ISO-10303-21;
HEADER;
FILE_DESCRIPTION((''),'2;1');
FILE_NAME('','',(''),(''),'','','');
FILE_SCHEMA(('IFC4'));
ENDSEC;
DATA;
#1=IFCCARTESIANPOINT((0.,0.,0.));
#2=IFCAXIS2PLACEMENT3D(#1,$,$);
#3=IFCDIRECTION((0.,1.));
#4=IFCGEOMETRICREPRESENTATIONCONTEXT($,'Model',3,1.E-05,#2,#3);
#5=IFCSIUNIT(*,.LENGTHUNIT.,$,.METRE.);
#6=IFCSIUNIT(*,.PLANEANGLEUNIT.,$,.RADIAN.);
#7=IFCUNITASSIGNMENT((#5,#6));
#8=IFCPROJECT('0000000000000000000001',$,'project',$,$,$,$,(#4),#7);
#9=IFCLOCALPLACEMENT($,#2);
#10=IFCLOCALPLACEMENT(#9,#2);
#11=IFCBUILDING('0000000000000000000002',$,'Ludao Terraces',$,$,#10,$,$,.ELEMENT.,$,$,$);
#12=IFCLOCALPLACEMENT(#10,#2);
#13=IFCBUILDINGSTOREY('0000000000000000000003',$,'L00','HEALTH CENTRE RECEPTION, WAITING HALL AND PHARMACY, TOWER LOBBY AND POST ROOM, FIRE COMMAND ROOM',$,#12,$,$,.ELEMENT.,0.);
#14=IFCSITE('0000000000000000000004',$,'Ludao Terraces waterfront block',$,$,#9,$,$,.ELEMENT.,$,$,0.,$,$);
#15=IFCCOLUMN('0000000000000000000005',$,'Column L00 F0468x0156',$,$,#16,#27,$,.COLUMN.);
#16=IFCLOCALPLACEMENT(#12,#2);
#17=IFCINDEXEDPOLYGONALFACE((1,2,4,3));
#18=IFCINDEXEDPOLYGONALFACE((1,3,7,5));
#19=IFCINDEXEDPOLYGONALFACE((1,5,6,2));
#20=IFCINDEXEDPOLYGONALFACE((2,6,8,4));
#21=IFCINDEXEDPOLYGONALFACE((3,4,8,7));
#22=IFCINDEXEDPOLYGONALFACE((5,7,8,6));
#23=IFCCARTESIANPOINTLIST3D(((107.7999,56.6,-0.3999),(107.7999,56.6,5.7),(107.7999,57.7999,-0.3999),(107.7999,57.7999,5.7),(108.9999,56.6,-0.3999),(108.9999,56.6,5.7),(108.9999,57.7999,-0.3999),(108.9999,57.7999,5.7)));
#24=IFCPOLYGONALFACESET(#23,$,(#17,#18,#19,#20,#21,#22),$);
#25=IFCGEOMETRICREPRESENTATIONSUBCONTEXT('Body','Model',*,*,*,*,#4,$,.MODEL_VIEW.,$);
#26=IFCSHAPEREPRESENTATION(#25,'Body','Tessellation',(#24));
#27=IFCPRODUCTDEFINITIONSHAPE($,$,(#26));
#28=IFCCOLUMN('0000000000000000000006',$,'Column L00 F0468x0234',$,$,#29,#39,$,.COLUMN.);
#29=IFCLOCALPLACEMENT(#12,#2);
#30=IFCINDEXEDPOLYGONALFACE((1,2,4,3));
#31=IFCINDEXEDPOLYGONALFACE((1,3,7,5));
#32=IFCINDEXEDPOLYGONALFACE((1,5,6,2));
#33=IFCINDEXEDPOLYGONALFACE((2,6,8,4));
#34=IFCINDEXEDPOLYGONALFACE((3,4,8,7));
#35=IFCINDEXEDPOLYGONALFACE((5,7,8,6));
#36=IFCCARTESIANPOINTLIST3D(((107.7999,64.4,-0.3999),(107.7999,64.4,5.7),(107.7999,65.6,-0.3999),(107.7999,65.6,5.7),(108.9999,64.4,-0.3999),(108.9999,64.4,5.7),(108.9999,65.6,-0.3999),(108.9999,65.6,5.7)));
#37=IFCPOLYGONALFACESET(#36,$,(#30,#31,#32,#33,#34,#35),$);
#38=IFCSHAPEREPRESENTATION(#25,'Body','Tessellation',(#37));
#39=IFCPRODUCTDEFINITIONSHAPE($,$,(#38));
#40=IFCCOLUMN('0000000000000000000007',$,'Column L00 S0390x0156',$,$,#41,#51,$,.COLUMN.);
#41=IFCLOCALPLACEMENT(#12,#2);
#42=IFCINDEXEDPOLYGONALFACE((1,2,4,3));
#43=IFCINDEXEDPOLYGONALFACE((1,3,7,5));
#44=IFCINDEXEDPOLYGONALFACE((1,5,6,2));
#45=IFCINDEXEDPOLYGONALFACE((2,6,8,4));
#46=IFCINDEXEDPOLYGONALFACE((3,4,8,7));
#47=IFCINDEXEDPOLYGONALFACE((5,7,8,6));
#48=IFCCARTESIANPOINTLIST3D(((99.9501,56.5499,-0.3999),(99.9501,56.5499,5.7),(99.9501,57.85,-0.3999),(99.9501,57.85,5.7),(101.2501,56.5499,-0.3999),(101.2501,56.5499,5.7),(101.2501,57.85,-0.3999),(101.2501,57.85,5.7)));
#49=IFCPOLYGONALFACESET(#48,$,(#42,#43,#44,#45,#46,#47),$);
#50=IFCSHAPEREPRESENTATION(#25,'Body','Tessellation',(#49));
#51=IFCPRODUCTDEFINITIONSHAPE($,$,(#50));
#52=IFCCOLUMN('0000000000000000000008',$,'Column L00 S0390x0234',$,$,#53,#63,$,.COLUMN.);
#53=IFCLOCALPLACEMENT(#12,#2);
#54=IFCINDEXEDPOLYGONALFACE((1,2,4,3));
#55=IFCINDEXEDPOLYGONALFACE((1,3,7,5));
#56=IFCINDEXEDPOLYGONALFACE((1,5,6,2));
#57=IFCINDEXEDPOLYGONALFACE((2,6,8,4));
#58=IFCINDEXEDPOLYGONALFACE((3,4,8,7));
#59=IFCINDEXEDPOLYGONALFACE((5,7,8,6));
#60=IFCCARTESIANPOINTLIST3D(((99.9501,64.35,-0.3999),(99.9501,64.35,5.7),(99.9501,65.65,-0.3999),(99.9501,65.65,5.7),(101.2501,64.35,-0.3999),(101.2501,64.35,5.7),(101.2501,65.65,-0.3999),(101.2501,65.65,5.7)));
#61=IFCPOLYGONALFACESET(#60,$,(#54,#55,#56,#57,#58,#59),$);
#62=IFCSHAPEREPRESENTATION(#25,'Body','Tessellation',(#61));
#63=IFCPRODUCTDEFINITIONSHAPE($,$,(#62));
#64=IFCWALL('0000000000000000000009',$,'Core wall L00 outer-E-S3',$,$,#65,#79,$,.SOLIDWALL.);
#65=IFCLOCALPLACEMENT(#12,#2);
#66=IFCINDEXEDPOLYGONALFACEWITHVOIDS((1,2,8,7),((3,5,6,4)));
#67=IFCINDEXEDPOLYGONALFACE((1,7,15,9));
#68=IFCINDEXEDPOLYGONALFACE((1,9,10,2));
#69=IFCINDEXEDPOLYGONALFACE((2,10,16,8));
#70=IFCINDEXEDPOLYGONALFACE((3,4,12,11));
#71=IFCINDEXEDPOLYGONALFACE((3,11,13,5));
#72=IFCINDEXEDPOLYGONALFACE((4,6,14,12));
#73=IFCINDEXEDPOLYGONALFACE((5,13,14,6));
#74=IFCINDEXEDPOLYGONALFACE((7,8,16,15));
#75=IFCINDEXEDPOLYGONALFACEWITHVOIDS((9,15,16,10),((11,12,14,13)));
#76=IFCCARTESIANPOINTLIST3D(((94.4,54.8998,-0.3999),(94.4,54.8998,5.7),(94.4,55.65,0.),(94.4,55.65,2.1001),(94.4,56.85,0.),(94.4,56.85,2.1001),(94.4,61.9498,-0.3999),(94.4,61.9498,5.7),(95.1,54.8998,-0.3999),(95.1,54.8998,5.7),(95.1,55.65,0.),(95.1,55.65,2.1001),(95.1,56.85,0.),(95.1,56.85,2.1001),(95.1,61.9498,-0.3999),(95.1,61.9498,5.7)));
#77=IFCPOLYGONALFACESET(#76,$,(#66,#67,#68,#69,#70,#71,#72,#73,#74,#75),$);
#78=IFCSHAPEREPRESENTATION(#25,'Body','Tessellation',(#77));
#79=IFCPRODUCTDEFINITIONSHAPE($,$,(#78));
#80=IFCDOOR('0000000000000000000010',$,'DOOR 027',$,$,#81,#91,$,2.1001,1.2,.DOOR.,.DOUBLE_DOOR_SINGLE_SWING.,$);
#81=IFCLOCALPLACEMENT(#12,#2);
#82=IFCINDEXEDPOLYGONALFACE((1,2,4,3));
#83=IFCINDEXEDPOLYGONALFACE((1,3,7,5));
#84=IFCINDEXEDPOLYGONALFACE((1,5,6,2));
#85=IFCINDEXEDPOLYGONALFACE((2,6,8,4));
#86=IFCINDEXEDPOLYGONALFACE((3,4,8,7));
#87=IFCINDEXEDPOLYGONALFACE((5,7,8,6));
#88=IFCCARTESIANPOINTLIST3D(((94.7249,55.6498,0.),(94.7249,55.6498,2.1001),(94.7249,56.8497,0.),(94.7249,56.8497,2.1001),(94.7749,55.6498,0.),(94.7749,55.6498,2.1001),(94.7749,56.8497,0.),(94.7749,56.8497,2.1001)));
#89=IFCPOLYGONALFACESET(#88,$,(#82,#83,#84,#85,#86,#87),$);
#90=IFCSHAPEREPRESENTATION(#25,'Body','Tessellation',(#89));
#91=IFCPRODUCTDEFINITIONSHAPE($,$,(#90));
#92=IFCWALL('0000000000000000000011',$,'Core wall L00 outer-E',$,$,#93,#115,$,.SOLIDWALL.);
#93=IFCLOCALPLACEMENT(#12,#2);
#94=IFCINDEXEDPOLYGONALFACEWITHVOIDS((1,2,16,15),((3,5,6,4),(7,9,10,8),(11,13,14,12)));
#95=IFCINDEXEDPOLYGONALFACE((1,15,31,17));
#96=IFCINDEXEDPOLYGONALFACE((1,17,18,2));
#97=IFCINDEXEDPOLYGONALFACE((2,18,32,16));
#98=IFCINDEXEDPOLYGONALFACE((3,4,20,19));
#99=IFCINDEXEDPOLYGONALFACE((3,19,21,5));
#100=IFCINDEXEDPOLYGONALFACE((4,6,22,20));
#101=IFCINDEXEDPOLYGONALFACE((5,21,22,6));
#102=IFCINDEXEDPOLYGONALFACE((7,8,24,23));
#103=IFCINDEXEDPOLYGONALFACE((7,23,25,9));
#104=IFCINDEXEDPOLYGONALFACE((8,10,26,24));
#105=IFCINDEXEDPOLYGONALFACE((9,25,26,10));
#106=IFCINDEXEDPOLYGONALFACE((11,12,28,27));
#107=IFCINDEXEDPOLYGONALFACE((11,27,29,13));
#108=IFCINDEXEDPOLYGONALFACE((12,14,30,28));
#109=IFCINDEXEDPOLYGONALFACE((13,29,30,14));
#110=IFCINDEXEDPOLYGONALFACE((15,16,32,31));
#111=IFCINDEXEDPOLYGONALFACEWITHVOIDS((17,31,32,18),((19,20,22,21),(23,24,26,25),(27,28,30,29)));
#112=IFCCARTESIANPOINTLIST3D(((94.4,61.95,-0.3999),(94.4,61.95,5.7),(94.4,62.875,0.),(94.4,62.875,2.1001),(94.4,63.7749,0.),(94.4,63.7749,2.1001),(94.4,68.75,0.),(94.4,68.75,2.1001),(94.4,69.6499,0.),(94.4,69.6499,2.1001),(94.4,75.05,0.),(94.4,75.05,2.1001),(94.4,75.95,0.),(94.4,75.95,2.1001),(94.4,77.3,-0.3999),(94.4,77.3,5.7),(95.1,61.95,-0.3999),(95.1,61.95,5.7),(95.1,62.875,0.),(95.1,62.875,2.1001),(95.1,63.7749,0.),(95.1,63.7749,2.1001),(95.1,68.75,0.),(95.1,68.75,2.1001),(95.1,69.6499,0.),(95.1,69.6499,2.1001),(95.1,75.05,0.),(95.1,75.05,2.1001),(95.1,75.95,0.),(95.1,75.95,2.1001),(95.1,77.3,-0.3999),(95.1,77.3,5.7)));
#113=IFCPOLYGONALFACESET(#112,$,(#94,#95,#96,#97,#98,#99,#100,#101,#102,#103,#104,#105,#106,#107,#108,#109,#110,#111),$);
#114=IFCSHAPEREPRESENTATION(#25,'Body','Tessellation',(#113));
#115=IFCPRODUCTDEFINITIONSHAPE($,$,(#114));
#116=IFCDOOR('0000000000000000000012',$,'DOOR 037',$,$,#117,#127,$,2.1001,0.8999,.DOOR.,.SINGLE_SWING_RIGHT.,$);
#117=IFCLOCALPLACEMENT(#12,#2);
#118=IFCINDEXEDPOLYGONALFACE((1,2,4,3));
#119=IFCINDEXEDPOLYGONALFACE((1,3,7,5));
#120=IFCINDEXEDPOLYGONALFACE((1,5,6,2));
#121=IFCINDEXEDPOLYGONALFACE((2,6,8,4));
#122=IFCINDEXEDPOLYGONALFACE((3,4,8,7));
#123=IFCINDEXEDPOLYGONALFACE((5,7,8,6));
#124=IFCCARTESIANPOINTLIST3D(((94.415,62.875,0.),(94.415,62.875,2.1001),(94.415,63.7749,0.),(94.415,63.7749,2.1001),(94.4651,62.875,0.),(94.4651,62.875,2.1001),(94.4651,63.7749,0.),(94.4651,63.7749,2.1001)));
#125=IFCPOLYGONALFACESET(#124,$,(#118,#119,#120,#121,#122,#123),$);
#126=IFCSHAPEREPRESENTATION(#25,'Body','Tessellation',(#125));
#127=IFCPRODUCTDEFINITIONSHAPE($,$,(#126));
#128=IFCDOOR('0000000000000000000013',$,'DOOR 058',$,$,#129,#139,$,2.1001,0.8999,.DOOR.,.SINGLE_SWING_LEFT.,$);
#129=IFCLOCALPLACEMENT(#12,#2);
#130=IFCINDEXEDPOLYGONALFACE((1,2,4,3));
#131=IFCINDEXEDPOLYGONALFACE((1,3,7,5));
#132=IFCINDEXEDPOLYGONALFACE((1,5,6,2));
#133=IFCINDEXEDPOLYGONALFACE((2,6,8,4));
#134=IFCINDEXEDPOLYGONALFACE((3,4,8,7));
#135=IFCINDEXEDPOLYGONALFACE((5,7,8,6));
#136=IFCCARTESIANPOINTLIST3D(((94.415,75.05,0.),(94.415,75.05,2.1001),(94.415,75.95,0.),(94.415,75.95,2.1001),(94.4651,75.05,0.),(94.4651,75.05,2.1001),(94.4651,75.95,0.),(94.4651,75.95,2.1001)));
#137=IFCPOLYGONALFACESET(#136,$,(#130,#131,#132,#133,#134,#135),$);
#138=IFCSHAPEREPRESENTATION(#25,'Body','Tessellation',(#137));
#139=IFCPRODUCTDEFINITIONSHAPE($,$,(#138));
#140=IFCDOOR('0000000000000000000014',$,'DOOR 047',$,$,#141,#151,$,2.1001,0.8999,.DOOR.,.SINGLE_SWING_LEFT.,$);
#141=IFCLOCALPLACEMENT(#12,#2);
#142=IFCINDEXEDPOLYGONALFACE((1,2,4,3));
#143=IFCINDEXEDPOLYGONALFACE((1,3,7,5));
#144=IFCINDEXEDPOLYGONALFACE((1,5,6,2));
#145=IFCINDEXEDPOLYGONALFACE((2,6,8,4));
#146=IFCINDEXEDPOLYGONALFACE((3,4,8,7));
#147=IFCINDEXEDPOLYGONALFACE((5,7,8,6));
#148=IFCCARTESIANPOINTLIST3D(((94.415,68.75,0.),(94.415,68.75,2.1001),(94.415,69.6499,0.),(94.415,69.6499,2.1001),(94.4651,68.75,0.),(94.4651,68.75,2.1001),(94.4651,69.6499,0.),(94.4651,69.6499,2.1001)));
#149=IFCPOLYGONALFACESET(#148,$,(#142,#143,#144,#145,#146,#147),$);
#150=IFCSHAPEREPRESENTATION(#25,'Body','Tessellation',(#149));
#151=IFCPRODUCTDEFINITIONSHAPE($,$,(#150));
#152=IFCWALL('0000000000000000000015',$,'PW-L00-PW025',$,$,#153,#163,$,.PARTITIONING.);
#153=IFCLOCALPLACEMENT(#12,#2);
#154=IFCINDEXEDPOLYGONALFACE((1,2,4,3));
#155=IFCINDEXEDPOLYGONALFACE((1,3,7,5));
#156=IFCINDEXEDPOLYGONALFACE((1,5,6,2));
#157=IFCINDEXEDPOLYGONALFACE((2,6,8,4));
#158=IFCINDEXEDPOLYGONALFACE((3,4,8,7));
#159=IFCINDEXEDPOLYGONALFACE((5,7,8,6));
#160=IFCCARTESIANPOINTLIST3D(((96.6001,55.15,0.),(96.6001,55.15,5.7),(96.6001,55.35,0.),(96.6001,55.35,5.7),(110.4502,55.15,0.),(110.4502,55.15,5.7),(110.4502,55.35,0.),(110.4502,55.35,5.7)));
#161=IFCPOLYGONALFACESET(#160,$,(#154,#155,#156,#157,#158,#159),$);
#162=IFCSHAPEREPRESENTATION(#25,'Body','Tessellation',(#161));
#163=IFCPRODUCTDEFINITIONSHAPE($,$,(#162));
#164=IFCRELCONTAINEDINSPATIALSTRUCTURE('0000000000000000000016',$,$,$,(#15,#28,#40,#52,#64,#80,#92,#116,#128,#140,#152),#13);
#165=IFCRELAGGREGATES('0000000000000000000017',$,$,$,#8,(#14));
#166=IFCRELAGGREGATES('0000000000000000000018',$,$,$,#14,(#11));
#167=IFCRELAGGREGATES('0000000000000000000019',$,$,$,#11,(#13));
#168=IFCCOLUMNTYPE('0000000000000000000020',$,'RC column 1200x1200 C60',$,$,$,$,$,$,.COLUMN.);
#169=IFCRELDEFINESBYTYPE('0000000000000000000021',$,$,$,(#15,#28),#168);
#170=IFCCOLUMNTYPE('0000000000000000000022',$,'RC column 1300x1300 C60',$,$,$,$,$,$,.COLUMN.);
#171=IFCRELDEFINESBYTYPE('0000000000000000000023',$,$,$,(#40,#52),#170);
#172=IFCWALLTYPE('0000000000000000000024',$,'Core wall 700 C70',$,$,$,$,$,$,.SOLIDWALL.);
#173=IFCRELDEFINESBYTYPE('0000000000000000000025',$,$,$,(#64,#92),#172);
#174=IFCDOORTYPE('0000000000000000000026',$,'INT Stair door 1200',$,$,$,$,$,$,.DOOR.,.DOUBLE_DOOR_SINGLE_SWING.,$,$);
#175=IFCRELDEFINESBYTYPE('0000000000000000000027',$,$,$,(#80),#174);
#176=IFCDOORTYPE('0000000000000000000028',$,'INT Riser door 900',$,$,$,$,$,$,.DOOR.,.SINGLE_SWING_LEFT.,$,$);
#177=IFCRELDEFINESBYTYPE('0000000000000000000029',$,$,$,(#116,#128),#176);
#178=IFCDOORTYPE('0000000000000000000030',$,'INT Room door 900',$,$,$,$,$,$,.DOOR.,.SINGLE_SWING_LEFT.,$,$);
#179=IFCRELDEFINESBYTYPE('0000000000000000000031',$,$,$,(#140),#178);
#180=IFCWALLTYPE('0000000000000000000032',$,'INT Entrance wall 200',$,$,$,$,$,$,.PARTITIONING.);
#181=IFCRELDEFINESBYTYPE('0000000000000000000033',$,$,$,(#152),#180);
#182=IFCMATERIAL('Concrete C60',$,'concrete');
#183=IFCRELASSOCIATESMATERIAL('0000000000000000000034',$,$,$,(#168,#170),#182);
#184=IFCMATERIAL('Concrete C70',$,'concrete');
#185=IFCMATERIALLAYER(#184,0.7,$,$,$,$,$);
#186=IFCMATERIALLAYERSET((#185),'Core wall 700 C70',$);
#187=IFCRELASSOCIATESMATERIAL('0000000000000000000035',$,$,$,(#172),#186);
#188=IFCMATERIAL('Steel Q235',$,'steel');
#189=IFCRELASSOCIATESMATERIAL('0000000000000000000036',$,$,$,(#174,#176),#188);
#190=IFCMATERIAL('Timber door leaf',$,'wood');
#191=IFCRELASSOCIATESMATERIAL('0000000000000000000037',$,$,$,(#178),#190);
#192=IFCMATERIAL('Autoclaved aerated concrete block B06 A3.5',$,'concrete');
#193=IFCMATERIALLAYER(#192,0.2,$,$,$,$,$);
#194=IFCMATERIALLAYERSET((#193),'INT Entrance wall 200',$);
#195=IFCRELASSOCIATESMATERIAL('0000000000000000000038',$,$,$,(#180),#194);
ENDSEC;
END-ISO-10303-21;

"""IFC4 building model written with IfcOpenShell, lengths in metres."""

from ifc_helpers import new_model, si_unit, direction, frame, frame_2d, origin, origin_2d, place, context, subcontext, project, spatial, rectangle, extrude, material, layer, layer_set, material_profile, profile_set, type_object, element, fill, save


model = new_model("IFC4")

# Units and contexts
model_context = context("Model", 3, precision=1e-05, world=origin(), true_north=direction((0.0, 1.0)))
body_context = subcontext(model_context, "Body", "Model", "MODEL_VIEW")
ifc_project = project(units=[si_unit("LENGTHUNIT", "METRE"), si_unit("PLANEANGLEUNIT", "RADIAN")], contexts=[model_context])

# Site, building, storey
site_placement = place(None, origin())
site = spatial("IfcSite", under=ifc_project, at=site_placement, Name="Ludao Terraces waterfront block", CompositionType="ELEMENT", RefElevation=0.0)
building_placement = place(site_placement, origin())
building = spatial("IfcBuilding", under=site, at=building_placement, Name="Ludao Terraces", CompositionType="ELEMENT")
storey_placement = place(building_placement, origin())
storey = spatial("IfcBuildingStorey", under=building, at=storey_placement, Name="L00", Description="HEALTH CENTRE RECEPTION, WAITING HALL AND PHARMACY, TOWER LOBBY AND POST ROOM, FIRE COMMAND ROOM", CompositionType="ELEMENT", Elevation=0.0)

# Columns
ifc_material_1 = material(Name="Concrete C60", Category="concrete")
ifc_material_profile_1 = material_profile(ifc_material_1, rectangle(XDim=1.2, YDim=1.2, at=origin_2d()), Name="1200 X 1200")
ifc_profile_set_1 = profile_set([ifc_material_profile_1], Name="Concrete C60")
column_type_1 = type_object("IfcColumnType", Name="RC column 1200x1200 C60", PredefinedType="COLUMN", material=ifc_profile_set_1)
for number, where, z_axis, x_axis, name in (
    (1, (108.3999, 57.2, -0.3999), (0.0, 0.0, 1.0), (1.0, 0.0, 0.0), "Column L00 F0468x0156"),
    (2, (108.3999, 65.0, -0.3999), (0.0, 0.0, 1.0), (1.0, 0.0, 0.0), "Column L00 F0468x0234"),
):
    element("IfcColumn", number, at=place(storey_placement, frame(where, z_axis=z_axis, x_axis=x_axis)), inside=storey, type_object=column_type_1, Name=name, PredefinedType="COLUMN", context=body_context, shape_type="SweptSolid", body=[
        extrude(rectangle(XDim=1.2, YDim=1.2, at=origin_2d()), origin(), (0.0, 0.0, 1.0), 6.0999),
    ])
ifc_material_profile_2 = material_profile(ifc_material_1, rectangle(XDim=1.3, YDim=1.3, at=origin_2d()), Name="1300 X 1300")
ifc_profile_set_2 = profile_set([ifc_material_profile_2], Name="Concrete C60")
column_type_2 = type_object("IfcColumnType", Name="RC column 1300x1300 C60", PredefinedType="COLUMN", material=ifc_profile_set_2)
for number, where, z_axis, x_axis, name in (
    (3, (100.6001, 57.2, -0.3999), (0.0, 0.0, 1.0), (1.0, 0.0, 0.0), "Column L00 S0390x0156"),
    (4, (100.6001, 65.0, -0.3999), (0.0, 0.0, 1.0), (1.0, 0.0, 0.0), "Column L00 S0390x0234"),
):
    element("IfcColumn", number, at=place(storey_placement, frame(where, z_axis=z_axis, x_axis=x_axis)), inside=storey, type_object=column_type_2, Name=name, PredefinedType="COLUMN", context=body_context, shape_type="SweptSolid", body=[
        extrude(rectangle(XDim=1.3, YDim=1.3, at=origin_2d()), origin(), (0.0, 0.0, 1.0), 6.0999),
    ])

# Wall, opening, door
ifc_material_2 = material(Name="Concrete C70", Category="concrete")
ifc_layer_1 = layer(ifc_material_2, 0.7)
ifc_layer_set_1 = layer_set([ifc_layer_1], Name="Core wall 700 C70")
wall_type_1 = type_object("IfcWallType", Name="Core wall 700 C70", PredefinedType="SOLIDWALL", material=ifc_layer_set_1)
wall_1_placement = place(storey_placement, frame((94.75, 54.8999, -0.3999), z_axis=(0.0, 0.0, 1.0), x_axis=(0.0, 1.0, 0.0)))
wall_1 = element("IfcWall", 5, at=wall_1_placement, inside=storey, type_object=wall_type_1, Name="Core wall L00 outer-E-S3", PredefinedType="SOLIDWALL", context=body_context, shape_type="SweptSolid", body=[
    extrude(rectangle(XDim=7.05, YDim=0.7, at=frame_2d((3.5249, 0.0))), origin(), (0.0, 0.0, 1.0), 6.0999),
])
opening_1_placement = place(wall_1_placement, frame((0.75, 0.0, 0.3999)))
opening_1 = element("IfcOpeningElement", 6, at=opening_1_placement, cuts=wall_1, PredefinedType="OPENING", context=body_context, shape_type="SweptSolid", body=[
    extrude(rectangle(XDim=1.2, YDim=2.1001, at=frame_2d((0.6001, 1.05))), frame((0.0, 0.3599, 0.0), z_axis=(0.0, -1.0, 0.0), x_axis=(1.0, 0.0, 0.0)), (0.0, 0.0, 1.0), 0.72),
])
ifc_material_3 = material(Name="Steel Q235", Category="steel")
door_type_1 = type_object("IfcDoorType", Name="INT Stair door 1200", OperationType="DOUBLE_DOOR_SINGLE_SWING", PredefinedType="DOOR", material=ifc_material_3)
door_1_placement = place(opening_1_placement, frame((1.2, 0.0, 0.0), z_axis=(0.0, 0.0, 1.0), x_axis=(-1.0, 0.0, 0.0)))
door_1 = element("IfcDoor", 7, at=door_1_placement, inside=storey, type_object=door_type_1, Name="DOOR 027", OperationType="DOUBLE_DOOR_SINGLE_SWING", OverallHeight=2.1001, OverallWidth=1.2, PredefinedType="DOOR", context=body_context, shape_type="SweptSolid", body=[
    extrude(rectangle(XDim=1.2, YDim=2.1001, at=frame_2d((0.6001, 1.05))), frame((0.0, 0.0249, 0.0), z_axis=(0.0, -1.0, 0.0), x_axis=(1.0, 0.0, 0.0)), (0.0, 0.0, 1.0), 0.05),
])
fill(opening_1, door_1)

# Wall, openings, doors
wall_2_placement = place(storey_placement, frame((94.75, 61.95, -0.3999), z_axis=(0.0, 0.0, 1.0), x_axis=(0.0, 1.0, 0.0)))
wall_2 = element("IfcWall", 8, at=wall_2_placement, inside=storey, type_object=wall_type_1, Name="Core wall L00 outer-E", PredefinedType="SOLIDWALL", context=body_context, shape_type="SweptSolid", body=[
    extrude(rectangle(XDim=15.3501, YDim=0.7, at=frame_2d((7.675, 0.0))), origin(), (0.0, 0.0, 1.0), 6.0999),
])
opening_2_placement = place(wall_2_placement, frame((0.925, 0.0, 0.3999)))
opening_2 = element("IfcOpeningElement", 9, at=opening_2_placement, cuts=wall_2, PredefinedType="OPENING", context=body_context, shape_type="SweptSolid", body=[
    extrude(rectangle(XDim=0.8999, YDim=2.1001, at=frame_2d((0.45, 1.05))), frame((0.0, 0.3599, 0.0), z_axis=(0.0, -1.0, 0.0), x_axis=(1.0, 0.0, 0.0)), (0.0, 0.0, 1.0), 0.72),
])
opening_3_placement = place(wall_2_placement, frame((6.8, 0.0, 0.3999)))
opening_3 = element("IfcOpeningElement", 10, at=opening_3_placement, cuts=wall_2, PredefinedType="OPENING", context=body_context, shape_type="SweptSolid", body=[
    extrude(rectangle(XDim=0.8999, YDim=2.1001, at=frame_2d((0.45, 1.05))), frame((0.0, 0.3599, 0.0), z_axis=(0.0, -1.0, 0.0), x_axis=(1.0, 0.0, 0.0)), (0.0, 0.0, 1.0), 0.72),
])
opening_4_placement = place(wall_2_placement, frame((13.1001, 0.0, 0.3999)))
opening_4 = element("IfcOpeningElement", 11, at=opening_4_placement, cuts=wall_2, PredefinedType="OPENING", context=body_context, shape_type="SweptSolid", body=[
    extrude(rectangle(XDim=0.8999, YDim=2.1001, at=frame_2d((0.45, 1.05))), frame((0.0, 0.3599, 0.0), z_axis=(0.0, -1.0, 0.0), x_axis=(1.0, 0.0, 0.0)), (0.0, 0.0, 1.0), 0.72),
])
door_type_2 = type_object("IfcDoorType", Name="INT Riser door 900", OperationType="SINGLE_SWING_LEFT", PredefinedType="DOOR", material=ifc_material_3)
door_2_placement = place(opening_2_placement, origin())
door_2 = element("IfcDoor", 12, at=door_2_placement, inside=storey, type_object=door_type_2, Name="DOOR 037", OperationType="SINGLE_SWING_RIGHT", OverallHeight=2.1001, OverallWidth=0.8999, PredefinedType="DOOR", context=body_context, shape_type="SweptSolid", body=[
    extrude(rectangle(XDim=0.8999, YDim=2.1001, at=frame_2d((0.45, 1.05))), frame((0.0, 0.335, 0.0), z_axis=(0.0, -1.0, 0.0), x_axis=(1.0, 0.0, 0.0)), (0.0, 0.0, 1.0), 0.05),
])
fill(opening_2, door_2)
door_3_placement = place(opening_4_placement, origin())
door_3 = element("IfcDoor", 13, at=door_3_placement, inside=storey, type_object=door_type_2, Name="DOOR 058", OperationType="SINGLE_SWING_LEFT", OverallHeight=2.1001, OverallWidth=0.8999, PredefinedType="DOOR", context=body_context, shape_type="SweptSolid", body=[
    extrude(rectangle(XDim=0.8999, YDim=2.1001, at=frame_2d((0.45, 1.05))), frame((0.0, 0.335, 0.0), z_axis=(0.0, -1.0, 0.0), x_axis=(1.0, 0.0, 0.0)), (0.0, 0.0, 1.0), 0.05),
])
fill(opening_4, door_3)
ifc_material_4 = material(Name="Timber door leaf", Category="wood")
door_type_3 = type_object("IfcDoorType", Name="INT Room door 900", OperationType="SINGLE_SWING_LEFT", PredefinedType="DOOR", material=ifc_material_4)
door_4_placement = place(opening_3_placement, origin())
door_4 = element("IfcDoor", 14, at=door_4_placement, inside=storey, type_object=door_type_3, Name="DOOR 047", OperationType="SINGLE_SWING_LEFT", OverallHeight=2.1001, OverallWidth=0.8999, PredefinedType="DOOR", context=body_context, shape_type="SweptSolid", body=[
    extrude(rectangle(XDim=0.8999, YDim=2.1001, at=frame_2d((0.45, 1.05))), frame((0.0, 0.335, 0.0), z_axis=(0.0, -1.0, 0.0), x_axis=(1.0, 0.0, 0.0)), (0.0, 0.0, 1.0), 0.05),
])
fill(opening_3, door_4)

# Wall
ifc_material_5 = material(Name="Autoclaved aerated concrete block B06 A3.5", Category="concrete")
ifc_layer_2 = layer(ifc_material_5, 0.2)
ifc_layer_set_2 = layer_set([ifc_layer_2], Name="INT Entrance wall 200")
wall_type_2 = type_object("IfcWallType", Name="INT Entrance wall 200", PredefinedType="PARTITIONING", material=ifc_layer_set_2)
wall_3_placement = place(storey_placement, frame((96.6001, 55.25, 0.0), z_axis=(0.0, 0.0, 1.0), x_axis=(1.0, 0.0, 0.0)))
element("IfcWall", 15, at=wall_3_placement, inside=storey, type_object=wall_type_2, Name="PW-L00-PW025", PredefinedType="PARTITIONING", context=body_context, shape_type="SweptSolid", body=[
    extrude(rectangle(XDim=13.8501, YDim=0.2, at=frame_2d((6.925, 0.0))), origin(), (0.0, 0.0, 1.0), 5.7),
])

save(model, "model.ifc")
